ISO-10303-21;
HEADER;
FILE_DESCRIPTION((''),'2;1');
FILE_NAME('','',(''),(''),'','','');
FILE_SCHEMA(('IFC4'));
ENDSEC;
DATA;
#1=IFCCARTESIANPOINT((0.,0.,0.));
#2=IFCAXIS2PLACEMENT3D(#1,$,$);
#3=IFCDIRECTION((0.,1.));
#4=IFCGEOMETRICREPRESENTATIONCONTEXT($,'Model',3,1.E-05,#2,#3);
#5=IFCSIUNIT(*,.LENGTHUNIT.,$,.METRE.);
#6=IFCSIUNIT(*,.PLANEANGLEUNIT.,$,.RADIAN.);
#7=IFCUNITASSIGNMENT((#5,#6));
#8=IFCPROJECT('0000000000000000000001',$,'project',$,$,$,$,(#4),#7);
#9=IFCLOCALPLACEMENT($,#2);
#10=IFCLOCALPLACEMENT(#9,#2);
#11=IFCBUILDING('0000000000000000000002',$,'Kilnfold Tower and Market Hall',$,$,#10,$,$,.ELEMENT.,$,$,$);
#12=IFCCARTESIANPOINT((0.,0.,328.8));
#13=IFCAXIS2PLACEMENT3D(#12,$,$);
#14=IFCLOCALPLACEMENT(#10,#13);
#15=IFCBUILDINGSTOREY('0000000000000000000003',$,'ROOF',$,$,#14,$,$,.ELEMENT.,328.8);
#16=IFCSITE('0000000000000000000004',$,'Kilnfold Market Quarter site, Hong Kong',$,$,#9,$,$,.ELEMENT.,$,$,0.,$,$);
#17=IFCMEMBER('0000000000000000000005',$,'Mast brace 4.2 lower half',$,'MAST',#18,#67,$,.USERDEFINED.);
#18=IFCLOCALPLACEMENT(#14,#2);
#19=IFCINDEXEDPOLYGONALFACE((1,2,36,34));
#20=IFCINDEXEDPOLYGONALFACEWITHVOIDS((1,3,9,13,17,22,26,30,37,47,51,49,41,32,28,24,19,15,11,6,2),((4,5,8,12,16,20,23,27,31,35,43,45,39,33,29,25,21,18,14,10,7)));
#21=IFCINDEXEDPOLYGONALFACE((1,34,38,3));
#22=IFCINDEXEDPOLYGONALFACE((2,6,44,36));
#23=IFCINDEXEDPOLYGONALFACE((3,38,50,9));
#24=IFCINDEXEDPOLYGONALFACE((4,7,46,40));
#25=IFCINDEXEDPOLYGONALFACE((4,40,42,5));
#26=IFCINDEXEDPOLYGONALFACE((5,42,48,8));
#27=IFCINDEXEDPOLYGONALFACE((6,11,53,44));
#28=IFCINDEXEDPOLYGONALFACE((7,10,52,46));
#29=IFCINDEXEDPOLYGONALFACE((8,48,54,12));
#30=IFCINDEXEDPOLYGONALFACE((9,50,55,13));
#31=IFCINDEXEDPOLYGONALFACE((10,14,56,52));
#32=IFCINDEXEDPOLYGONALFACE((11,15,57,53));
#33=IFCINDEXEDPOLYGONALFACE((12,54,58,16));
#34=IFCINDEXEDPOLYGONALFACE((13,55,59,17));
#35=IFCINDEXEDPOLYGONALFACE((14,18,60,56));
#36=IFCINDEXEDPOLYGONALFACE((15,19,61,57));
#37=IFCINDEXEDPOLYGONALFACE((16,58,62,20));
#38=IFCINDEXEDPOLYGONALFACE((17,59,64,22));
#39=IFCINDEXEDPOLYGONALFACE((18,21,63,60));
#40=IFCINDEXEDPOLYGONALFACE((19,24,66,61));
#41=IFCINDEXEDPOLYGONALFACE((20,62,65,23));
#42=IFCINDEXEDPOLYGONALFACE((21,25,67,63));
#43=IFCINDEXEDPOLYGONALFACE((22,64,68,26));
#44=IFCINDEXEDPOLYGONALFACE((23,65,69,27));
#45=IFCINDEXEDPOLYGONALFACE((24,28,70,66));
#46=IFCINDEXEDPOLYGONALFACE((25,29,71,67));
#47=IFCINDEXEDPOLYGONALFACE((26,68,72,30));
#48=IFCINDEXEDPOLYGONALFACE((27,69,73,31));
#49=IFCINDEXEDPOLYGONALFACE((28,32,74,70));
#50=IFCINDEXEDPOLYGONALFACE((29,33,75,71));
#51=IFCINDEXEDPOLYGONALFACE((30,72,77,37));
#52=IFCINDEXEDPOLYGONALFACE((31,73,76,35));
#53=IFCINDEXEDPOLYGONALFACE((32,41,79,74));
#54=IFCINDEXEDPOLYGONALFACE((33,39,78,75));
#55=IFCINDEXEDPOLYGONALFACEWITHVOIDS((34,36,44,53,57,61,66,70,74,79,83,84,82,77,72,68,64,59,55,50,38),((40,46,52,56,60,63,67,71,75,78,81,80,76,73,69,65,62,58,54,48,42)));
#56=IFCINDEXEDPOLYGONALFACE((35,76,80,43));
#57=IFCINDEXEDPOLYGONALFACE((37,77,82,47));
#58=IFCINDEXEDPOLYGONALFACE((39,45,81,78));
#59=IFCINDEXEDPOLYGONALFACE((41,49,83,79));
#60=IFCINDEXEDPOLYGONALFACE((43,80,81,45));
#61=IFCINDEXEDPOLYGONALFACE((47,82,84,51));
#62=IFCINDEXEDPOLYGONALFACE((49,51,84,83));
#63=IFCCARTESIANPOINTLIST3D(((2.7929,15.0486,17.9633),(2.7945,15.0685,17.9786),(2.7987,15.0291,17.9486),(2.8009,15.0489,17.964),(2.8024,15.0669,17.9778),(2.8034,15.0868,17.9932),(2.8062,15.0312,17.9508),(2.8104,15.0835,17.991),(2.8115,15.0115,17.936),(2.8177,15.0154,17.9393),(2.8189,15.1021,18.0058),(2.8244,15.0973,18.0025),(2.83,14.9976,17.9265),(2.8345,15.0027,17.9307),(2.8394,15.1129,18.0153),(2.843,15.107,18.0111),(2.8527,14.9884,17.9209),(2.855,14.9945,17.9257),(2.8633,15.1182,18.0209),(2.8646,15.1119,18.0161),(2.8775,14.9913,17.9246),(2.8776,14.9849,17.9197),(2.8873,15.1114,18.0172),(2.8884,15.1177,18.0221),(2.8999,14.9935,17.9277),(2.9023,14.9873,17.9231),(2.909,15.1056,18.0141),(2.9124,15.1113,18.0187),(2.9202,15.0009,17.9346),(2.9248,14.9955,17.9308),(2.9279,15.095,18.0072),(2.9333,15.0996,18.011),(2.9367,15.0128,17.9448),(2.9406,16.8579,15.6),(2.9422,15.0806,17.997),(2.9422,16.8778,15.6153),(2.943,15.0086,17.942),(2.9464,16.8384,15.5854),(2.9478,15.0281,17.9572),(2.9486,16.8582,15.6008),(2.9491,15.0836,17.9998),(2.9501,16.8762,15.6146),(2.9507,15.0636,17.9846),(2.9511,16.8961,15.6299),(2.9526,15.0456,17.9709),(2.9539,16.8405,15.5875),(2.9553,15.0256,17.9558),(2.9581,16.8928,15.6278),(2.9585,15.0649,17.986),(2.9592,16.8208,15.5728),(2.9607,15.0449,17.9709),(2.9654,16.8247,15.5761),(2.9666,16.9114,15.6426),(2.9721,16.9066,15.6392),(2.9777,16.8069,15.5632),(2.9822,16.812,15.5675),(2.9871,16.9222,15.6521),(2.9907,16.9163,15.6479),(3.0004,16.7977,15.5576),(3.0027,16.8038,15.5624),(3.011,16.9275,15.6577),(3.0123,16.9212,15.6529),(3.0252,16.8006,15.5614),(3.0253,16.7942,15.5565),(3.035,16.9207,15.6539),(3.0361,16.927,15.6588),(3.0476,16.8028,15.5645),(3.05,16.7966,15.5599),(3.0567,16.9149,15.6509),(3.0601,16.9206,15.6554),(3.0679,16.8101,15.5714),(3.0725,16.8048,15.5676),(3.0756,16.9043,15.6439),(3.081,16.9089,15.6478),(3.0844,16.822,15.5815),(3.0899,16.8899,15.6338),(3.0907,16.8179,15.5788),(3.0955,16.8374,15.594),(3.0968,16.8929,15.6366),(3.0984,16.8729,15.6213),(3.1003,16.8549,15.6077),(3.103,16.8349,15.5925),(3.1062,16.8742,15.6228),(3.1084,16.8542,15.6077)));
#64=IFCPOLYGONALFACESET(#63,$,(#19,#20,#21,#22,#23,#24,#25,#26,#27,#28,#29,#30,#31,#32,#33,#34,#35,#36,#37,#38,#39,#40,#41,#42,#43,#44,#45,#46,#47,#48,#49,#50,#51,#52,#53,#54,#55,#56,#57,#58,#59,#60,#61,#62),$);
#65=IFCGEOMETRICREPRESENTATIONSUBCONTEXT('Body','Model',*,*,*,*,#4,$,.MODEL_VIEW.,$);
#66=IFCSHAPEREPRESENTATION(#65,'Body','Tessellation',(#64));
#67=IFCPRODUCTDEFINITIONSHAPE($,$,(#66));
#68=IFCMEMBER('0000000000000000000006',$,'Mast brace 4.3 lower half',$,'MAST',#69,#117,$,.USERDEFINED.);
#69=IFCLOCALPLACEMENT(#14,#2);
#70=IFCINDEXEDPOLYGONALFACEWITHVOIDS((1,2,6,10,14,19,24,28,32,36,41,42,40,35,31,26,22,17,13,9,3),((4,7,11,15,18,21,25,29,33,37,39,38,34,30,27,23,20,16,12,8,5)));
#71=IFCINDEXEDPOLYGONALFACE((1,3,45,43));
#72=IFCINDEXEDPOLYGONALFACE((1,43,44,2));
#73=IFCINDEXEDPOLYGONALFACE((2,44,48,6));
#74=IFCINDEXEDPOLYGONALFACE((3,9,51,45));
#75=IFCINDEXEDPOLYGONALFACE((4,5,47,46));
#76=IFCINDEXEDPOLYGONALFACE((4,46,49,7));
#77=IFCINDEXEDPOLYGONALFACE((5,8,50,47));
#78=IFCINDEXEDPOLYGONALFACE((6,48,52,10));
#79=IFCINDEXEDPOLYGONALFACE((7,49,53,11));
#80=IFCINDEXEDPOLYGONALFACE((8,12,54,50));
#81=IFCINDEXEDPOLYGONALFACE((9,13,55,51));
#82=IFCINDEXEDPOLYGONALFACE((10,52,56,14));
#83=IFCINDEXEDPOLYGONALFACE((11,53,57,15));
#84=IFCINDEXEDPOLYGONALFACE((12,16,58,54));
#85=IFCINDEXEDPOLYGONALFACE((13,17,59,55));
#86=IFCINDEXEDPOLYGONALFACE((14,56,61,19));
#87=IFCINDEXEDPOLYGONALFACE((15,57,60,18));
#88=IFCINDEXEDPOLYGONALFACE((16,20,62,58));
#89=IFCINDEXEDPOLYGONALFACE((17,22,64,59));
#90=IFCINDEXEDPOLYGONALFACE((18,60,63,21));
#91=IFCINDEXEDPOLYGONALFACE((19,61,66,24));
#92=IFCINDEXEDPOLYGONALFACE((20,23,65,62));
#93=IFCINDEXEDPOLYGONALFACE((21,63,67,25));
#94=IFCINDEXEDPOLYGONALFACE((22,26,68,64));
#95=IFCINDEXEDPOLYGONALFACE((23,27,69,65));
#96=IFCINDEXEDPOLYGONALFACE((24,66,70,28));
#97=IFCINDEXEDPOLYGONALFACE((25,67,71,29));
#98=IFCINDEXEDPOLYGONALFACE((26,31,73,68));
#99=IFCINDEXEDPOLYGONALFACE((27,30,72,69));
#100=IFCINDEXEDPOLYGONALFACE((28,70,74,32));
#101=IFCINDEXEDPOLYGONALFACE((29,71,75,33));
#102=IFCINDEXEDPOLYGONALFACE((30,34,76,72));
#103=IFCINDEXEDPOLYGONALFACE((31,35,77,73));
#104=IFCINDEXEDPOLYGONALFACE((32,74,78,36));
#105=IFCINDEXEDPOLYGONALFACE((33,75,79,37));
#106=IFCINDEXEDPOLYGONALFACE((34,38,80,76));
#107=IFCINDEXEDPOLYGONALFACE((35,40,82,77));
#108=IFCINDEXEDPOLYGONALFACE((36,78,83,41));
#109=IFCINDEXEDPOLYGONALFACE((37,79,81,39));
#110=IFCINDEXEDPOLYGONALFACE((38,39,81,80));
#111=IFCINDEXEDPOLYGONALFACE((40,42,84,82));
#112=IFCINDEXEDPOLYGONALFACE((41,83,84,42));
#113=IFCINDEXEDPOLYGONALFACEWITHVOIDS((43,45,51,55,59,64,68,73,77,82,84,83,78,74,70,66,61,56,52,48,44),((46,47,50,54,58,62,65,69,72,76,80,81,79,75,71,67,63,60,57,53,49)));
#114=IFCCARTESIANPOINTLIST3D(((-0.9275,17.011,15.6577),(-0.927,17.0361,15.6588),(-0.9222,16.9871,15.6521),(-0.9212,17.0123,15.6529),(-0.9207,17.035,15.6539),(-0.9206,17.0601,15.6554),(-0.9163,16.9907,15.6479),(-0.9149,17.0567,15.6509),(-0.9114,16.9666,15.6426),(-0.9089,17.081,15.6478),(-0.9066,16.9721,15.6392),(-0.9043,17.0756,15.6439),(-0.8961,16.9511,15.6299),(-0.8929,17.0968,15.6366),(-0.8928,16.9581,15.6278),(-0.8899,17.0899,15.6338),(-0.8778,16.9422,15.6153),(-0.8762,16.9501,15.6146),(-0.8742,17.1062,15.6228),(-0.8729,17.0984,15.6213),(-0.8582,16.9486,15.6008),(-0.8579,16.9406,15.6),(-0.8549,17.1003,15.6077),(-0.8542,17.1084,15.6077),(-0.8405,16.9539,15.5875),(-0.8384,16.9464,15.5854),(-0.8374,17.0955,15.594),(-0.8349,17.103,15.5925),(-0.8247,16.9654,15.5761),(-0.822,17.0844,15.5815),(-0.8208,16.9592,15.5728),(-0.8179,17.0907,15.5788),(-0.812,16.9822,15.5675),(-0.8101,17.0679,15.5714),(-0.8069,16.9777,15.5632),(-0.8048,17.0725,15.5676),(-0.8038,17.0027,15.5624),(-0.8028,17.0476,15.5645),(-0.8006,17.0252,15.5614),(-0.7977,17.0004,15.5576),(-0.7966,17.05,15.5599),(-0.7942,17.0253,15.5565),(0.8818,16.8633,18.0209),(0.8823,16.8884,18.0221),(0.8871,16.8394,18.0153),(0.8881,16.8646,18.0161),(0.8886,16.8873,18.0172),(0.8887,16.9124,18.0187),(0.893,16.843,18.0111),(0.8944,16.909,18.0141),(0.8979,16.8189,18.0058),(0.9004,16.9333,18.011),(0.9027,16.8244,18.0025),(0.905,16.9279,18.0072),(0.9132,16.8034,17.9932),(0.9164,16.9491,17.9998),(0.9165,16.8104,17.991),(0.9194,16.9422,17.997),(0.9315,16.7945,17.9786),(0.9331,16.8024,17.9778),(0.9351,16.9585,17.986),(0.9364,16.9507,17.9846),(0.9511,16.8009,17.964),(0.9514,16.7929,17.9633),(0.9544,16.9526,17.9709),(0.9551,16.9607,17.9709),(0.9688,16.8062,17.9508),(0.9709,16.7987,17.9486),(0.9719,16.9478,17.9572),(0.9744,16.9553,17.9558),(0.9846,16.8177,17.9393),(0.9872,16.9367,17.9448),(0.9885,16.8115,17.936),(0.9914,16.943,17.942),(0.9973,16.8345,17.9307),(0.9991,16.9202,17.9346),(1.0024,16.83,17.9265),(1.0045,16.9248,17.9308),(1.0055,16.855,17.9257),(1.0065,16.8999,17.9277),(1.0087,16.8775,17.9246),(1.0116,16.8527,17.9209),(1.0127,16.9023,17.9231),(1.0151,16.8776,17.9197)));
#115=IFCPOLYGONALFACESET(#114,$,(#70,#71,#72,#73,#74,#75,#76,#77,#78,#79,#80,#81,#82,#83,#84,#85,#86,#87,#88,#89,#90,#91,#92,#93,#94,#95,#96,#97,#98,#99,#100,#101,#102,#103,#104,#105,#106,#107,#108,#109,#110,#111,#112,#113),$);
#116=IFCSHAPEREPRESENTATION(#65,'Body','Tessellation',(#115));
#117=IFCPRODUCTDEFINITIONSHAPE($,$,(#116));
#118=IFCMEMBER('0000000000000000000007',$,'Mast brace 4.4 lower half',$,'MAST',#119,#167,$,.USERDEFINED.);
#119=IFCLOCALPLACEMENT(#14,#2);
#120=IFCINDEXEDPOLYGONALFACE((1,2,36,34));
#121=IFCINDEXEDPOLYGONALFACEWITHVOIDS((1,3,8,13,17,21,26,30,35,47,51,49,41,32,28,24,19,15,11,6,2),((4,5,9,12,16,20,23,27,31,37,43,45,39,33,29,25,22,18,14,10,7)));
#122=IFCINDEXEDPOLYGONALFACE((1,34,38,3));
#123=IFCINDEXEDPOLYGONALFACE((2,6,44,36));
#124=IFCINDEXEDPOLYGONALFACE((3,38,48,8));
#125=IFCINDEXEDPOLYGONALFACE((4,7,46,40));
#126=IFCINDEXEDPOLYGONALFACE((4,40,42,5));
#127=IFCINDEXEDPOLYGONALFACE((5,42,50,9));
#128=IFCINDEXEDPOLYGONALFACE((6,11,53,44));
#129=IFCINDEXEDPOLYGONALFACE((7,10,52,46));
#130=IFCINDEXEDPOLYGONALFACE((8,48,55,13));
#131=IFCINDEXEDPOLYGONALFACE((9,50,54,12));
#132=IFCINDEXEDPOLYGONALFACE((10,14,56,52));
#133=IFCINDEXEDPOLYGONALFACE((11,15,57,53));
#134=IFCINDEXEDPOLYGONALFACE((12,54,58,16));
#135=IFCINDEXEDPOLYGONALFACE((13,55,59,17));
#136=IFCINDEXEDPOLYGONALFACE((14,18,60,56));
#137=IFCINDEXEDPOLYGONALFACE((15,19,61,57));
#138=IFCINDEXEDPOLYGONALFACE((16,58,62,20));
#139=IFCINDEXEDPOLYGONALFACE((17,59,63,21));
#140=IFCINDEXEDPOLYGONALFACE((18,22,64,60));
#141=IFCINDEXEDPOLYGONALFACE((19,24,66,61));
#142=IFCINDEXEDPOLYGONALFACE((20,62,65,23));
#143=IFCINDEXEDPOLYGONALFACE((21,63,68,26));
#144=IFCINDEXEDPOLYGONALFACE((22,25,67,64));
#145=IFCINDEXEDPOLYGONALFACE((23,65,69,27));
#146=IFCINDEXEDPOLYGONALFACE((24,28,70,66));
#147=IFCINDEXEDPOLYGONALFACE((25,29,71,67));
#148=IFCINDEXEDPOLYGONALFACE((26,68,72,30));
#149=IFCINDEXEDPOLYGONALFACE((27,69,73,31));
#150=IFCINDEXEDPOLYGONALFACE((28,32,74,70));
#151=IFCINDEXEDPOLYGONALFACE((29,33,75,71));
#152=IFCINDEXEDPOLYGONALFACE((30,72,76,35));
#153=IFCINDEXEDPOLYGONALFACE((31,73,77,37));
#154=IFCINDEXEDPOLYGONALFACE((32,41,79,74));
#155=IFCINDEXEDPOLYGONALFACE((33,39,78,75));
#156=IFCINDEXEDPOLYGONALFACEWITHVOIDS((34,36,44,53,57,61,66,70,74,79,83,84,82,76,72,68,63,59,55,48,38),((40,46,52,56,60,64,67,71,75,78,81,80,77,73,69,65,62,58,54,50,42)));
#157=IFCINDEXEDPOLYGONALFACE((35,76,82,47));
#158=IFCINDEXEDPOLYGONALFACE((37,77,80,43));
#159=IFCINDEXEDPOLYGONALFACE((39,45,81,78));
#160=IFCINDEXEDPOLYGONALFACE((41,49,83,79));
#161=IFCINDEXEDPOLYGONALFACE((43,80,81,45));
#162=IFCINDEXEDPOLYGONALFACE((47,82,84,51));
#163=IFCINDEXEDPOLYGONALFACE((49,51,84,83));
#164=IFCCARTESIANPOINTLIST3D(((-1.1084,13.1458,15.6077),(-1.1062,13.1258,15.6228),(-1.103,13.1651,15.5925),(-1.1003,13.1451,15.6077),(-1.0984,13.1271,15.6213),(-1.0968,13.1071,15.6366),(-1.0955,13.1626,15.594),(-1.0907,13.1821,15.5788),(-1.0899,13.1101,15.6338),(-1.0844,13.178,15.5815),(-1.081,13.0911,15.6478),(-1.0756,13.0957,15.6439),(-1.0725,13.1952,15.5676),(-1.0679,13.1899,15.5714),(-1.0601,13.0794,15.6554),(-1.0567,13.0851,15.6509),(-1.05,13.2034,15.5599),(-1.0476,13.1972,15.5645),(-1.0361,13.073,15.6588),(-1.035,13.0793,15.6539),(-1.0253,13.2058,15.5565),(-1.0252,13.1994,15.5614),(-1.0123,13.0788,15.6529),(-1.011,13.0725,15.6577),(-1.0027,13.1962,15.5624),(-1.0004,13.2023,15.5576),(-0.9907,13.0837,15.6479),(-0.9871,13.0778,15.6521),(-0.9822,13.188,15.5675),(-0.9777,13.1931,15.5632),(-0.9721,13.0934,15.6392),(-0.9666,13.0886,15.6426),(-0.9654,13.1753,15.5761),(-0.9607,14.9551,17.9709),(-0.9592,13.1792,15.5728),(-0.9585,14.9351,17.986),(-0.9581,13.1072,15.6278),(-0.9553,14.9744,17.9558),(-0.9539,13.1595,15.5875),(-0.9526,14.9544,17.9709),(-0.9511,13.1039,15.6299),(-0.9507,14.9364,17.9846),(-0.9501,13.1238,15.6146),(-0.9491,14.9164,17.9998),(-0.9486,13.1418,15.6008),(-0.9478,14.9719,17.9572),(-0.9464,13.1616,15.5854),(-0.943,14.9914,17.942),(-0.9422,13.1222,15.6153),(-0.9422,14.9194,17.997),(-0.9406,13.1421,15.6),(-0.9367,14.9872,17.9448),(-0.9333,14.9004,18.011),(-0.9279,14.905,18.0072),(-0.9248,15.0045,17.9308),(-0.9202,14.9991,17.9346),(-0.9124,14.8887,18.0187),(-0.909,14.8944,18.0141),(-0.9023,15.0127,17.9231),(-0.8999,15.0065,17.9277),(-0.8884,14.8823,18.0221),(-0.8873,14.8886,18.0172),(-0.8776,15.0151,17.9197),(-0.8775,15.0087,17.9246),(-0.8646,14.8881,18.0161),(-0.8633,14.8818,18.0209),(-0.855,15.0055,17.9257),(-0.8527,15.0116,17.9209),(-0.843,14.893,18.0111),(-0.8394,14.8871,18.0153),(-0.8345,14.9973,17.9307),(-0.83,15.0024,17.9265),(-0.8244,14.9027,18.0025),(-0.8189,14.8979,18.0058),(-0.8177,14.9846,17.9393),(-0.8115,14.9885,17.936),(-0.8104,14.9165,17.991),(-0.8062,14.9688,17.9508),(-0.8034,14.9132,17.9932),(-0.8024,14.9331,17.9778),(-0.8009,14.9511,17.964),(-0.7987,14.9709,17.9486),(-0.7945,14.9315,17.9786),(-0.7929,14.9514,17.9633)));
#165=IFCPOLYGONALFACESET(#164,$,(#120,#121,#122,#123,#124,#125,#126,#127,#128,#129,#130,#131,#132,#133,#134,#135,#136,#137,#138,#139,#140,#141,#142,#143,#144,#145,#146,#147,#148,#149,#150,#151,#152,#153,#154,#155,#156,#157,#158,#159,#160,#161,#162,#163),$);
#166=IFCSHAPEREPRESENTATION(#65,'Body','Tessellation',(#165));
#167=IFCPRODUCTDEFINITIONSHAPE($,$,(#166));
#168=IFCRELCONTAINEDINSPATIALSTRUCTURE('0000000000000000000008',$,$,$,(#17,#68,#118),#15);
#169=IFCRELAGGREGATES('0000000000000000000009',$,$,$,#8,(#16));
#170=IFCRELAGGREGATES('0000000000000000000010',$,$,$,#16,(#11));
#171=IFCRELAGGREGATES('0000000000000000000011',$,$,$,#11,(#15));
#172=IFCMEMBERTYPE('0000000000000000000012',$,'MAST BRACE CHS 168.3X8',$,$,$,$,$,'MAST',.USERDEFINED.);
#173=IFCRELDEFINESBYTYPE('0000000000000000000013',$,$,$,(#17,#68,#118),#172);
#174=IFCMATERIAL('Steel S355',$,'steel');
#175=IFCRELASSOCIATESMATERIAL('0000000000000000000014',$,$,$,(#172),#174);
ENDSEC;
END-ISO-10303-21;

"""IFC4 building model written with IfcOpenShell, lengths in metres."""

from ifc_helpers import new_model, si_unit, direction, frame, origin, origin_2d, place, context, subcontext, project, spatial, hollow_circle, extrude, source, transform, mapped, material, material_profile, profile_set, type_object, element, save


model = new_model("IFC4")

# Units and contexts
model_context = context("Model", 3, precision=1e-05, world=origin(), true_north=direction((0.0, 1.0)))
body_context = subcontext(model_context, "Body", "Model", "MODEL_VIEW")
ifc_project = project(units=[si_unit("LENGTHUNIT", "METRE"), si_unit("PLANEANGLEUNIT", "RADIAN")], contexts=[model_context])

# Site, building, storey
site_placement = place(None, origin())
site = spatial("IfcSite", under=ifc_project, at=site_placement, Name="Kilnfold Market Quarter site, Hong Kong", CompositionType="ELEMENT", RefElevation=0.0)
building_placement = place(site_placement, origin())
building = spatial("IfcBuilding", under=site, at=building_placement, Name="Kilnfold Tower and Market Hall", CompositionType="ELEMENT")
storey_placement = place(building_placement, frame((0.0, 0.0, 328.8)))
storey = spatial("IfcBuildingStorey", under=building, at=storey_placement, Name="ROOF", CompositionType="ELEMENT", Elevation=328.8)

# Members
ifc_material_1 = material(Name="Steel S355", Category="steel")
ifc_material_profile_1 = material_profile(ifc_material_1, hollow_circle(Radius=0.0842, WallThickness=0.0081, at=origin_2d()), Name="CHS 168.3x8")
ifc_profile_set_1 = profile_set([ifc_material_profile_1], Name="Steel S355")
member_type_1 = type_object("IfcMemberType", Name="MAST BRACE CHS 168.3X8", ElementType="MAST", PredefinedType="USERDEFINED", material=ifc_profile_set_1)
shared_shape_1 = source(origin(), body_context, "Body", "SweptSolid", [
    extrude(hollow_circle(Radius=0.0842, WallThickness=0.0081, at=origin_2d()), origin(), (0.0, 0.0, 1.0), 2.98),
])
for number, where, z_axis, x_axis, name in (
    (1, (3.0244, 16.8611, 15.6077), (-0.049565, -0.60715, 0.79304), (0.996684, -0.081365, 0.0), "Mast brace 4.2 lower half"),
    (2, (-0.8611, 17.0244, 15.6077), (0.60715, -0.049565, 0.79304), (0.081365, 0.996684, 0.0), "Mast brace 4.3 lower half"),
    (3, (-1.0244, 13.1389, 15.6077), (0.049565, 0.60715, 0.79304), (-0.996684, 0.081365, 0.0), "Mast brace 4.4 lower half"),
):
    element("IfcMember", number, at=place(storey_placement, frame(where, z_axis=z_axis, x_axis=x_axis)), inside=storey, type_object=member_type_1, Name=name, ObjectType="MAST", PredefinedType="USERDEFINED", context=body_context, shape_type="MappedRepresentation", body=[
        mapped(shared_shape_1, transform((0.0, 0.0, 0.0))),
    ])

save(model, "model.ifc")
